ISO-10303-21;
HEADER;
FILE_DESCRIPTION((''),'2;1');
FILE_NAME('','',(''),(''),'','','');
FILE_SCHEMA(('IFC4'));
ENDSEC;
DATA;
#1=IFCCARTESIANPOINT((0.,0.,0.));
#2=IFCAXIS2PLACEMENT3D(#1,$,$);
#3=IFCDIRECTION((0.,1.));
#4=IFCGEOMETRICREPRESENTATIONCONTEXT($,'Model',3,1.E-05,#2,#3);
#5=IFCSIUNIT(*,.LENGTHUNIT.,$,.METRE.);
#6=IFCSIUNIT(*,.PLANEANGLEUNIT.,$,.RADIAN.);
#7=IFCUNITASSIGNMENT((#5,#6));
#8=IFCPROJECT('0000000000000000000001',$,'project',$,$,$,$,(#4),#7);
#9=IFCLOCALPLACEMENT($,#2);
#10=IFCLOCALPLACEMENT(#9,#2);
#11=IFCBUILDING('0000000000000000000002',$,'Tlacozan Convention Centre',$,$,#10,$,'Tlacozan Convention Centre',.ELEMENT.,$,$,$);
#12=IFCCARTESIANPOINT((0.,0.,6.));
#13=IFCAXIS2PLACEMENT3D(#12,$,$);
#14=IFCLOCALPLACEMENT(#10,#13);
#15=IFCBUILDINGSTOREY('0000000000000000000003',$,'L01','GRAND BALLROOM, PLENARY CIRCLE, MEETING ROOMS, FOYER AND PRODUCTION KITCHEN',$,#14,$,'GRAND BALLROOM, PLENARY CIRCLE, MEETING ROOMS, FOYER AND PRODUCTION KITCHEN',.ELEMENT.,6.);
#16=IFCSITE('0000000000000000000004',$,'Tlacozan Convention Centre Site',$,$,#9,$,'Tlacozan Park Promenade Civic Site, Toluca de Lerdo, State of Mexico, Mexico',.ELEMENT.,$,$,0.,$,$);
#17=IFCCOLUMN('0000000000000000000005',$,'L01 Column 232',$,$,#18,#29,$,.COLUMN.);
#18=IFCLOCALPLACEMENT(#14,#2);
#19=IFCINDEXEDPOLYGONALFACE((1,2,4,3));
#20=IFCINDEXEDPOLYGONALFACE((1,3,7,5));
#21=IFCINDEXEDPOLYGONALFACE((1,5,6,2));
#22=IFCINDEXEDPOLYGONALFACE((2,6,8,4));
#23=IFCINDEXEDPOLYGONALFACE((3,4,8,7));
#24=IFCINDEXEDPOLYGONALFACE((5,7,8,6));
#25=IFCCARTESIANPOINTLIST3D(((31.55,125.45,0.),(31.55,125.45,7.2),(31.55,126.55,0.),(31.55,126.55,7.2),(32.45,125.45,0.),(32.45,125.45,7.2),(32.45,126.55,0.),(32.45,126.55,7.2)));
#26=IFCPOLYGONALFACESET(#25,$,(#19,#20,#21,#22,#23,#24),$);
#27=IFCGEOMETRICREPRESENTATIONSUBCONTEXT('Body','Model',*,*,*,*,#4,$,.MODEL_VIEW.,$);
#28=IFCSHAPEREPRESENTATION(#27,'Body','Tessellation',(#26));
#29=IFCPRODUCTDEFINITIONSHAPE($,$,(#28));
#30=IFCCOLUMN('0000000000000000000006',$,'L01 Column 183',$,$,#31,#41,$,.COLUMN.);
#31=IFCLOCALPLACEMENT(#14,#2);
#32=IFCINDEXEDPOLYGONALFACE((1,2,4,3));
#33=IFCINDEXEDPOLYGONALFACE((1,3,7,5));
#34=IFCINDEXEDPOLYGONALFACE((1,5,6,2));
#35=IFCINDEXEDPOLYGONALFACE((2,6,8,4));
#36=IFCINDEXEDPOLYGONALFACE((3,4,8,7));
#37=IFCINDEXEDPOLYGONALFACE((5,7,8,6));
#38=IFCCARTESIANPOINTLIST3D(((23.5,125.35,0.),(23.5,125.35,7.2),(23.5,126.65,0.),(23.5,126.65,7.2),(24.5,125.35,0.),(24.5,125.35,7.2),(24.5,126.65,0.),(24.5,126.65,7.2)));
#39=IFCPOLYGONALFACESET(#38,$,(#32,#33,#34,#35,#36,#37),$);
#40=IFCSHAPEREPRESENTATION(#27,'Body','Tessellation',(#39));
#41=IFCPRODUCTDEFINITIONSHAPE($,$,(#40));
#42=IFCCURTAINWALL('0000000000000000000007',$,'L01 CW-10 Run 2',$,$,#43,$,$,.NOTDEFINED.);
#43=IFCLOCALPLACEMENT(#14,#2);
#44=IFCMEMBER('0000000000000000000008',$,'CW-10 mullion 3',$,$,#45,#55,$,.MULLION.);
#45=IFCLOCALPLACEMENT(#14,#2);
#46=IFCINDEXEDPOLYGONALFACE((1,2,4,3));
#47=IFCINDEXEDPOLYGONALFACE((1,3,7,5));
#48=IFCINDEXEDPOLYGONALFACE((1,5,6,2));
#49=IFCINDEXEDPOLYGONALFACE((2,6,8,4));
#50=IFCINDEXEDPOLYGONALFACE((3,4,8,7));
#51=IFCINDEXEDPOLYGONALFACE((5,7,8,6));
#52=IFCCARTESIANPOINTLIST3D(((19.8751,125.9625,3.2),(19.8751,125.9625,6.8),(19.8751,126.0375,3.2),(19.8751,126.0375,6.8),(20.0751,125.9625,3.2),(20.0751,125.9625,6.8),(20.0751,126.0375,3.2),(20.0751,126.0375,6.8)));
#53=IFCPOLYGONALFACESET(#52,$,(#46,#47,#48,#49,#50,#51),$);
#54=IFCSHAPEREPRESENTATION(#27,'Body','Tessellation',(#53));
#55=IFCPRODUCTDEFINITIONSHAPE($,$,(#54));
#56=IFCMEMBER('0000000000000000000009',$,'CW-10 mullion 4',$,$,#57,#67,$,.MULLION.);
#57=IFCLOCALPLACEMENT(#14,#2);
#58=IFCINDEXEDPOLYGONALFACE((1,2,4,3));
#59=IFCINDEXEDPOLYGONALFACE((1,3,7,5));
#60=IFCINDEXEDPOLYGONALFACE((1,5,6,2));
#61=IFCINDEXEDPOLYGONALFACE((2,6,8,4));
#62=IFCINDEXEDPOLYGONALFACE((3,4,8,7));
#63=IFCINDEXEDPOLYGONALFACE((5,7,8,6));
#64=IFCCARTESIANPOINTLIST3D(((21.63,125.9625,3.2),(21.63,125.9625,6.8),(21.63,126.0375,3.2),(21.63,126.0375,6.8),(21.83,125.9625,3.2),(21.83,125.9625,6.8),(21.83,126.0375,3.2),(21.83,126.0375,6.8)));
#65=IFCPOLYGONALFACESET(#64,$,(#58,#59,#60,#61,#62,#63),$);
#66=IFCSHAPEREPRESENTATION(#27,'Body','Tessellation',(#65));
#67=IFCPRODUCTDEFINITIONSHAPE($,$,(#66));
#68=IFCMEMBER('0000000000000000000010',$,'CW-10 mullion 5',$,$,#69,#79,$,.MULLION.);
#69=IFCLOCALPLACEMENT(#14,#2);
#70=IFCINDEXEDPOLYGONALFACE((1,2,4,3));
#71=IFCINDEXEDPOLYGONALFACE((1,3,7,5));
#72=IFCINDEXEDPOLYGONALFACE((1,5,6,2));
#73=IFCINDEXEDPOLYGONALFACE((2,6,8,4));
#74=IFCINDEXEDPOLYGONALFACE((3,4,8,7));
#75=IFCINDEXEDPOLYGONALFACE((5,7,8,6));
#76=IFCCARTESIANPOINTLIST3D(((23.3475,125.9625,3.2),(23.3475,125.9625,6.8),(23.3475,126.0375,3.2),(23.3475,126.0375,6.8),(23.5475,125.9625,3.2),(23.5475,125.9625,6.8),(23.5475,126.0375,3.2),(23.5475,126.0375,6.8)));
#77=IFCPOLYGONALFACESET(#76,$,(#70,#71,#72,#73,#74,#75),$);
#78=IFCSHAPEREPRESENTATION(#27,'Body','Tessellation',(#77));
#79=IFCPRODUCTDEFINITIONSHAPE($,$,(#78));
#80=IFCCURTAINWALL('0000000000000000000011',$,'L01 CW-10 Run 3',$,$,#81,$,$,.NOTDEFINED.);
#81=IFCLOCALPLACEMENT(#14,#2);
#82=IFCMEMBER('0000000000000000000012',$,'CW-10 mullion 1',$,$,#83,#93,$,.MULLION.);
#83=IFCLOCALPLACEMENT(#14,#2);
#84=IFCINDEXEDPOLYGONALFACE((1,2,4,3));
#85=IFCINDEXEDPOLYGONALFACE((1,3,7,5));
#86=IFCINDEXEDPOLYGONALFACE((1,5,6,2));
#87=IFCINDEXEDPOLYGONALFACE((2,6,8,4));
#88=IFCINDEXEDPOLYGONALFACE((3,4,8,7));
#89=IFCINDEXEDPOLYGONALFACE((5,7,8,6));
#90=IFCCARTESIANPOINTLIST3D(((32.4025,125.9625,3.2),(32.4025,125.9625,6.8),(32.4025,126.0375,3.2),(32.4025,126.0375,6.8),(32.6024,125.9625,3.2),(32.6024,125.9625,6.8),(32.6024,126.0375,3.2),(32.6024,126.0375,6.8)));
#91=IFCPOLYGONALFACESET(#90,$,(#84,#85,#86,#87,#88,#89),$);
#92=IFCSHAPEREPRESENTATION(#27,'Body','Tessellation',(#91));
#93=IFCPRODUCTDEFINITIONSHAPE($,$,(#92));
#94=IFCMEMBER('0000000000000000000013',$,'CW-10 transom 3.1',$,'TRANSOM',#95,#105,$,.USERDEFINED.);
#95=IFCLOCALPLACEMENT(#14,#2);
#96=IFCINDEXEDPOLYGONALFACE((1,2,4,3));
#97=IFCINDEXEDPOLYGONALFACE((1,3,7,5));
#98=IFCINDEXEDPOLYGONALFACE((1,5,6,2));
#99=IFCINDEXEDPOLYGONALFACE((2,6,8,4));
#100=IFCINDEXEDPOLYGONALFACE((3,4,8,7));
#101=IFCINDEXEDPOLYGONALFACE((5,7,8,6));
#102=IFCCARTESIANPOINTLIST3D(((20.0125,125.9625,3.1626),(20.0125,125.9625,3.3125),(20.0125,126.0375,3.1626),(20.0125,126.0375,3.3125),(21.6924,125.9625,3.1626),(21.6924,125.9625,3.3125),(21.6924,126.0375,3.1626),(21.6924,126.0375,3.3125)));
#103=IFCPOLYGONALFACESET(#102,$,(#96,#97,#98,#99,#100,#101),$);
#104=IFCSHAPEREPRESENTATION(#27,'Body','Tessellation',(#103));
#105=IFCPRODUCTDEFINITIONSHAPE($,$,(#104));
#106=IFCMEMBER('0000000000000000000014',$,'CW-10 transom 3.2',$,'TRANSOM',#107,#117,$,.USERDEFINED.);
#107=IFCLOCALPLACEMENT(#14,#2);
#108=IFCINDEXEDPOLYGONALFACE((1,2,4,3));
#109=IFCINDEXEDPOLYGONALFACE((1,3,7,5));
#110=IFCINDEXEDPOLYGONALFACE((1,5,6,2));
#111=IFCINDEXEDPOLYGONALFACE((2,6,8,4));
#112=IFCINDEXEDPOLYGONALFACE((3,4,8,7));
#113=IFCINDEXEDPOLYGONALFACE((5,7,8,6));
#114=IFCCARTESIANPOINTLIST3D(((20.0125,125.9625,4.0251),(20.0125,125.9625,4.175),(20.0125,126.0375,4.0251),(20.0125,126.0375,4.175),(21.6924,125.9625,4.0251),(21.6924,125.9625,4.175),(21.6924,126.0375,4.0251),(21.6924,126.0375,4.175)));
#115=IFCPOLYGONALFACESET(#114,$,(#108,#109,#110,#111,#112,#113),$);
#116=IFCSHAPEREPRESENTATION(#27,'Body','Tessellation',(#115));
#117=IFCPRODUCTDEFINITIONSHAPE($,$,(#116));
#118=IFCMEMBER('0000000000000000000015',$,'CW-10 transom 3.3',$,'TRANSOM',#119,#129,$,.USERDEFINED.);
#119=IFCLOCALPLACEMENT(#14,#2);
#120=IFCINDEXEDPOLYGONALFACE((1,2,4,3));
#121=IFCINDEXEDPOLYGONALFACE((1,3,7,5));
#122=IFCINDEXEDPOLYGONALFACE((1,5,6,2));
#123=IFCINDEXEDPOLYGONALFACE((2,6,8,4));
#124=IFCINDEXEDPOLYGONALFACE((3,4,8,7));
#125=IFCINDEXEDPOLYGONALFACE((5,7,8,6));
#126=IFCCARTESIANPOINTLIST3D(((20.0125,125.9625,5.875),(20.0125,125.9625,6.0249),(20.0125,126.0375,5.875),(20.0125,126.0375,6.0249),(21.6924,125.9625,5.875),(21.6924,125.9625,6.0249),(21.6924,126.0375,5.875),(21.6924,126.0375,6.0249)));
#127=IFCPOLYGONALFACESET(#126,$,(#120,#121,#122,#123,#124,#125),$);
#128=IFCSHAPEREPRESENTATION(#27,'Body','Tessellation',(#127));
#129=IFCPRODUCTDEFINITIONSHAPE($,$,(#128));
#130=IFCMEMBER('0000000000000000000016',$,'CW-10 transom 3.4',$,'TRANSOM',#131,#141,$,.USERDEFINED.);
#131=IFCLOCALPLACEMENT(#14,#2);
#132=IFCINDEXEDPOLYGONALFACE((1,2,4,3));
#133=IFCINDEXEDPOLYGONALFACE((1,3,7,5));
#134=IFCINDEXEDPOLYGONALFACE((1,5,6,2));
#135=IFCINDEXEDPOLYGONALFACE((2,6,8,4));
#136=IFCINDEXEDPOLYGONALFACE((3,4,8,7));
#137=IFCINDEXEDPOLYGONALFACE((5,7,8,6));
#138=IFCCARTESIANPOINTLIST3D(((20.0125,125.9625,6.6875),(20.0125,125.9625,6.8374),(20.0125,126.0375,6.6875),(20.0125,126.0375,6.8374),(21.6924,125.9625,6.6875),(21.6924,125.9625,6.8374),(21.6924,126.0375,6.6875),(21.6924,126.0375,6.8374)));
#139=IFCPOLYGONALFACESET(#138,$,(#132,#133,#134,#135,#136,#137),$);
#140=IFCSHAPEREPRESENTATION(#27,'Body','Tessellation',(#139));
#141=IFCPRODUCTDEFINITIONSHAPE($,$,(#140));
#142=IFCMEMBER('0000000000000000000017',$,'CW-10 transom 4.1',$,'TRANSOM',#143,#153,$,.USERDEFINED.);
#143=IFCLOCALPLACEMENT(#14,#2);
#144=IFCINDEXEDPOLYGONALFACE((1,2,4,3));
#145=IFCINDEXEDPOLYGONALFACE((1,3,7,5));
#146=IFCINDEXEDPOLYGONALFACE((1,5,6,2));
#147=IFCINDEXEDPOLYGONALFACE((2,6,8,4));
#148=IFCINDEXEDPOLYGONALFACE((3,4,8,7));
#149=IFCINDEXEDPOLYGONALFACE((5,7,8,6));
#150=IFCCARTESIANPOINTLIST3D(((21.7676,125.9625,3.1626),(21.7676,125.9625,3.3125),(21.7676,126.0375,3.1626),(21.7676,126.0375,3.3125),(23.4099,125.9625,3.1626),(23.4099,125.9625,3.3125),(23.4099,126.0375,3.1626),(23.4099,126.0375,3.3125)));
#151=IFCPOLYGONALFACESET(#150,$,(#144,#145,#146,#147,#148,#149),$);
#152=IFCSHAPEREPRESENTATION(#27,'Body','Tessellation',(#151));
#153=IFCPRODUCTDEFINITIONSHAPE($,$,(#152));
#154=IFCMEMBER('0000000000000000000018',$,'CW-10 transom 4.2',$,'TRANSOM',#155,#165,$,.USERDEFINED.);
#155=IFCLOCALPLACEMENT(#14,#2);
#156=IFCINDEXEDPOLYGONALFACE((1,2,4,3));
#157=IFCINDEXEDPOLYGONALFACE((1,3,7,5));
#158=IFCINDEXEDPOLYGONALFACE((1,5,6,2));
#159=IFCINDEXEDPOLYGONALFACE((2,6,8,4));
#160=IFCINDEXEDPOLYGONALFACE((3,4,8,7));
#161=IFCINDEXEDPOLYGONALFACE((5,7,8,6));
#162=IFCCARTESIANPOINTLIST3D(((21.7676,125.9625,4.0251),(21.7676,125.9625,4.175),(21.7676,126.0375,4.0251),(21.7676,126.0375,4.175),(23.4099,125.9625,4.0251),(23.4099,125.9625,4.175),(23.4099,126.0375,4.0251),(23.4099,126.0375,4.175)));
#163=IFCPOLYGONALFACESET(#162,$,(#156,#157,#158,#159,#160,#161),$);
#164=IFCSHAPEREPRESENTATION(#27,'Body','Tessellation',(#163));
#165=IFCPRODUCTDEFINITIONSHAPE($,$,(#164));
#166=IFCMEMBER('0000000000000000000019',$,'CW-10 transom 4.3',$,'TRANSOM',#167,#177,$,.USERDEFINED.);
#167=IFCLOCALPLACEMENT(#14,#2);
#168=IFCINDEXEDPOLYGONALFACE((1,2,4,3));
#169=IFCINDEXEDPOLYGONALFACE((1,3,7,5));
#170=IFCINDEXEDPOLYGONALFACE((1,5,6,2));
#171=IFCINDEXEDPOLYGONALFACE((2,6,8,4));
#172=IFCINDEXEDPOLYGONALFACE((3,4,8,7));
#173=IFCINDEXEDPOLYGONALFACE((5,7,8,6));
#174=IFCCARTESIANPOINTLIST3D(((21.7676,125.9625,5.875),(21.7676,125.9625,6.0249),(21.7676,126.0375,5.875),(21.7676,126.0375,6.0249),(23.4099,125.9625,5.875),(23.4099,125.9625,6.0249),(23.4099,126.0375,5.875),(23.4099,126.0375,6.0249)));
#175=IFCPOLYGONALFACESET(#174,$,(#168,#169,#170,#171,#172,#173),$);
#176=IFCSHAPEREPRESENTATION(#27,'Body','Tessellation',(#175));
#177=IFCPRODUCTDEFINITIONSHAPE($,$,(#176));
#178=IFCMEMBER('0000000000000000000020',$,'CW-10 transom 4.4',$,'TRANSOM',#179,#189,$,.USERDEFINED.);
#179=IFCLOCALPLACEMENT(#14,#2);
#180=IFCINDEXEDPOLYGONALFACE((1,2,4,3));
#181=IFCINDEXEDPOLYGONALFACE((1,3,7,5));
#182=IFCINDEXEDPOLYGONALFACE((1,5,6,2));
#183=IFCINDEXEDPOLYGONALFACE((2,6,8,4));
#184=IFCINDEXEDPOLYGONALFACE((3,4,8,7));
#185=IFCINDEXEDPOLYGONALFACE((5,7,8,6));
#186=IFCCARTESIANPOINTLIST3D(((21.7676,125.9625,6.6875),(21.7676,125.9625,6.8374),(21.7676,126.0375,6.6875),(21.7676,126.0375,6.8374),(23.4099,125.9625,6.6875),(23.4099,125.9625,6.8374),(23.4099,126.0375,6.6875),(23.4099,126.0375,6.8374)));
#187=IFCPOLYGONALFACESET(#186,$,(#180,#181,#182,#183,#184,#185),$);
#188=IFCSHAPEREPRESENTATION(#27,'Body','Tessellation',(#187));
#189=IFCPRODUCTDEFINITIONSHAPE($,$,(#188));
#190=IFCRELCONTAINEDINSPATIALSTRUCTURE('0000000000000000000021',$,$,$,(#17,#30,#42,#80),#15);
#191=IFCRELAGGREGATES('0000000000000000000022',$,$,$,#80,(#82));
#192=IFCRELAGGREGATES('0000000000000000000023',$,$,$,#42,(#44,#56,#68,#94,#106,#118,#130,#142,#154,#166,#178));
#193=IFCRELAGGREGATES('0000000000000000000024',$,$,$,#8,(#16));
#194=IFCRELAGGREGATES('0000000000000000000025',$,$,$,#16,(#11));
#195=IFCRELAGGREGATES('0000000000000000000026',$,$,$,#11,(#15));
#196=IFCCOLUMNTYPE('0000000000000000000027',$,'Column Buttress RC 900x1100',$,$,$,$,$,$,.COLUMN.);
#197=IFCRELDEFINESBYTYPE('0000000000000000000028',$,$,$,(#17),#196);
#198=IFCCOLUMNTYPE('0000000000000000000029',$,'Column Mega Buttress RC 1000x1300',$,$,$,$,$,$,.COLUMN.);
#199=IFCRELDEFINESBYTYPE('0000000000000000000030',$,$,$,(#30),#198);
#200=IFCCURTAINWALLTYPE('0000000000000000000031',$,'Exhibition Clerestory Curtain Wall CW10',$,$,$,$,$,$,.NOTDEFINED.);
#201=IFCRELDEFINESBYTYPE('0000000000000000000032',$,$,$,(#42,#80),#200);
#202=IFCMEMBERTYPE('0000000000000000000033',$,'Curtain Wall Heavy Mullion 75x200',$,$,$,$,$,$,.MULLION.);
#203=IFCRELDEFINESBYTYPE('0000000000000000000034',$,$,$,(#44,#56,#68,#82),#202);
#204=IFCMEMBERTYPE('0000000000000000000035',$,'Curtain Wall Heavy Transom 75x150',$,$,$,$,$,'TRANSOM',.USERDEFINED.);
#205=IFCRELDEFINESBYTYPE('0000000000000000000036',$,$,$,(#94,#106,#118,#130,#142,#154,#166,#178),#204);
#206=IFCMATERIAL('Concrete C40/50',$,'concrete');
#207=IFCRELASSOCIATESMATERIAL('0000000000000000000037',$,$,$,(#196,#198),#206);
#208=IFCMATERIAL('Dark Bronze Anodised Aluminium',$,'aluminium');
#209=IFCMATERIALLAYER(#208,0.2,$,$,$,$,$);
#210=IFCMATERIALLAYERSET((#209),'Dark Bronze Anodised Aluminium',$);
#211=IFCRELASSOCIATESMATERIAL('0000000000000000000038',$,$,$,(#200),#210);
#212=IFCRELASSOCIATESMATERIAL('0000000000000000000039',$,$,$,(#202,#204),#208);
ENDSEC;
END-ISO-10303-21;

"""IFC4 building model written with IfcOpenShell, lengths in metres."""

from ifc_helpers import new_model, si_unit, direction, frame, origin, origin_2d, place, context, subcontext, project, spatial, rectangle, extrude, material, layer, layer_set, material_profile, profile_set, type_object, element, aggregate, save


model = new_model("IFC4")

# Units and contexts
model_context = context("Model", 3, precision=1e-05, world=origin(), true_north=direction((0.0, 1.0)))
body_context = subcontext(model_context, "Body", "Model", "MODEL_VIEW")
ifc_project = project(units=[si_unit("LENGTHUNIT", "METRE"), si_unit("PLANEANGLEUNIT", "RADIAN")], contexts=[model_context])

# Site, building, storey
site_placement = place(None, origin())
site = spatial("IfcSite", under=ifc_project, at=site_placement, Name="Tlacozan Convention Centre Site", LongName="Tlacozan Park Promenade Civic Site, Toluca de Lerdo, State of Mexico, Mexico", CompositionType="ELEMENT", RefElevation=0.0)
building_placement = place(site_placement, origin())
building = spatial("IfcBuilding", under=site, at=building_placement, Name="Tlacozan Convention Centre", LongName="Tlacozan Convention Centre", CompositionType="ELEMENT")
storey_placement = place(building_placement, frame((0.0, 0.0, 6.0)))
storey = spatial("IfcBuildingStorey", under=building, at=storey_placement, Name="L01", Description="GRAND BALLROOM, PLENARY CIRCLE, MEETING ROOMS, FOYER AND PRODUCTION KITCHEN", LongName="GRAND BALLROOM, PLENARY CIRCLE, MEETING ROOMS, FOYER AND PRODUCTION KITCHEN", CompositionType="ELEMENT", Elevation=6.0)

# Columns
ifc_material_1 = material(Name="Concrete C40/50", Category="concrete")
ifc_material_profile_1 = material_profile(ifc_material_1, rectangle(XDim=0.8999, YDim=1.1001, at=origin_2d()), Name="RC 900x1100")
ifc_profile_set_1 = profile_set([ifc_material_profile_1], Name="Concrete C40/50")
column_type_1 = type_object("IfcColumnType", Name="Column Buttress RC 900x1100", PredefinedType="COLUMN", material=ifc_profile_set_1)
column_1_placement = place(storey_placement, frame((32.0, 126.0, 0.0), z_axis=(0.0, 0.0, 1.0), x_axis=(1.0, 0.0, 0.0)))
element("IfcColumn", 1, at=column_1_placement, inside=storey, type_object=column_type_1, Name="L01 Column 232", PredefinedType="COLUMN", context=body_context, shape_type="SweptSolid", body=[
    extrude(rectangle(XDim=0.8999, YDim=1.1001, at=origin_2d()), origin(), (0.0, 0.0, 1.0), 7.2),
])
ifc_material_profile_2 = material_profile(ifc_material_1, rectangle(XDim=1.0, YDim=1.3, at=origin_2d()), Name="RC 1000x1300")
ifc_profile_set_2 = profile_set([ifc_material_profile_2], Name="Concrete C40/50")
column_type_2 = type_object("IfcColumnType", Name="Column Mega Buttress RC 1000x1300", PredefinedType="COLUMN", material=ifc_profile_set_2)
column_2_placement = place(storey_placement, frame((24.0, 126.0, 0.0), z_axis=(0.0, 0.0, 1.0), x_axis=(1.0, 0.0, 0.0)))
element("IfcColumn", 2, at=column_2_placement, inside=storey, type_object=column_type_2, Name="L01 Column 183", PredefinedType="COLUMN", context=body_context, shape_type="SweptSolid", body=[
    extrude(rectangle(XDim=1.0, YDim=1.3, at=origin_2d()), origin(), (0.0, 0.0, 1.0), 7.2),
])

# Curtain wall, members
ifc_material_2 = material(Name="Dark Bronze Anodised Aluminium", Category="aluminium")
ifc_layer_1 = layer(ifc_material_2, 0.2)
ifc_layer_set_1 = layer_set([ifc_layer_1], Name="Dark Bronze Anodised Aluminium")
curtain_wall_type = type_object("IfcCurtainWallType", Name="Exhibition Clerestory Curtain Wall CW10", PredefinedType="NOTDEFINED", material=ifc_layer_set_1)
curtain_wall_1_placement = place(storey_placement, origin())
curtain_wall_1 = element("IfcCurtainWall", 3, at=curtain_wall_1_placement, inside=storey, type_object=curtain_wall_type, Name="L01 CW-10 Run 2", PredefinedType="NOTDEFINED")
ifc_material_profile_3 = material_profile(ifc_material_2, rectangle(XDim=0.075, YDim=0.2, at=origin_2d()), Name="ALU 75x200")
ifc_profile_set_3 = profile_set([ifc_material_profile_3], Name="Dark Bronze Anodised Aluminium")
member_type_1 = type_object("IfcMemberType", Name="Curtain Wall Heavy Mullion 75x200", PredefinedType="MULLION", material=ifc_profile_set_3)
member_1_placement = place(storey_placement, frame((19.9751, 126.0, 3.2), z_axis=(0.0, 0.0, 1.0), x_axis=(0.0, 1.0, 0.0)))
member_1 = element("IfcMember", 4, at=member_1_placement, type_object=member_type_1, Name="CW-10 mullion 3", PredefinedType="MULLION", context=body_context, shape_type="SweptSolid", body=[
    extrude(rectangle(XDim=0.075, YDim=0.2, at=origin_2d()), origin(), (0.0, 0.0, 1.0), 3.6001),
])
member_2_placement = place(storey_placement, frame((21.73, 126.0, 3.2), z_axis=(0.0, 0.0, 1.0), x_axis=(0.0, 1.0, 0.0)))
member_2 = element("IfcMember", 5, at=member_2_placement, type_object=member_type_1, Name="CW-10 mullion 4", PredefinedType="MULLION", context=body_context, shape_type="SweptSolid", body=[
    extrude(rectangle(XDim=0.075, YDim=0.2, at=origin_2d()), origin(), (0.0, 0.0, 1.0), 3.6001),
])
member_3_placement = place(storey_placement, frame((23.4475, 126.0, 3.2), z_axis=(0.0, 0.0, 1.0), x_axis=(0.0, 1.0, 0.0)))
member_3 = element("IfcMember", 6, at=member_3_placement, type_object=member_type_1, Name="CW-10 mullion 5", PredefinedType="MULLION", context=body_context, shape_type="SweptSolid", body=[
    extrude(rectangle(XDim=0.075, YDim=0.2, at=origin_2d()), origin(), (0.0, 0.0, 1.0), 3.6001),
])

# Curtain wall, member
curtain_wall_2_placement = place(storey_placement, origin())
curtain_wall_2 = element("IfcCurtainWall", 7, at=curtain_wall_2_placement, inside=storey, type_object=curtain_wall_type, Name="L01 CW-10 Run 3", PredefinedType="NOTDEFINED")
member_4_placement = place(storey_placement, frame((32.5024, 126.0, 3.2), z_axis=(0.0, 0.0, 1.0), x_axis=(0.0, 1.0, 0.0)))
member_4 = element("IfcMember", 8, at=member_4_placement, type_object=member_type_1, Name="CW-10 mullion 1", PredefinedType="MULLION", context=body_context, shape_type="SweptSolid", body=[
    extrude(rectangle(XDim=0.075, YDim=0.2, at=origin_2d()), origin(), (0.0, 0.0, 1.0), 3.6001),
])

# Members
ifc_material_profile_4 = material_profile(ifc_material_2, rectangle(XDim=0.075, YDim=0.1499, at=origin_2d()), Name="ALU 75x150")
ifc_profile_set_4 = profile_set([ifc_material_profile_4], Name="Dark Bronze Anodised Aluminium")
member_type_2 = type_object("IfcMemberType", Name="Curtain Wall Heavy Transom 75x150", ElementType="TRANSOM", PredefinedType="USERDEFINED", material=ifc_profile_set_4)
member_5_placement = place(storey_placement, frame((20.0125, 126.0, 3.2375), z_axis=(1.0, 0.0, 0.0), x_axis=(0.0, 1.0, 0.0)))
member_5 = element("IfcMember", 9, at=member_5_placement, type_object=member_type_2, Name="CW-10 transom 3.1", ObjectType="TRANSOM", PredefinedType="USERDEFINED", context=body_context, shape_type="SweptSolid", body=[
    extrude(rectangle(XDim=0.075, YDim=0.1499, at=origin_2d()), origin(), (0.0, 0.0, 1.0), 1.6799),
])
member_6_placement = place(storey_placement, frame((20.0125, 126.0, 4.1001), z_axis=(1.0, 0.0, 0.0), x_axis=(0.0, 1.0, 0.0)))
member_6 = element("IfcMember", 10, at=member_6_placement, type_object=member_type_2, Name="CW-10 transom 3.2", ObjectType="TRANSOM", PredefinedType="USERDEFINED", context=body_context, shape_type="SweptSolid", body=[
    extrude(rectangle(XDim=0.075, YDim=0.1499, at=origin_2d()), origin(), (0.0, 0.0, 1.0), 1.6799),
])
member_7_placement = place(storey_placement, frame((20.0125, 126.0, 5.95), z_axis=(1.0, 0.0, 0.0), x_axis=(0.0, 1.0, 0.0)))
member_7 = element("IfcMember", 11, at=member_7_placement, type_object=member_type_2, Name="CW-10 transom 3.3", ObjectType="TRANSOM", PredefinedType="USERDEFINED", context=body_context, shape_type="SweptSolid", body=[
    extrude(rectangle(XDim=0.075, YDim=0.1499, at=origin_2d()), origin(), (0.0, 0.0, 1.0), 1.6799),
])
member_8_placement = place(storey_placement, frame((20.0125, 126.0, 6.7625), z_axis=(1.0, 0.0, 0.0), x_axis=(0.0, 1.0, 0.0)))
member_8 = element("IfcMember", 12, at=member_8_placement, type_object=member_type_2, Name="CW-10 transom 3.4", ObjectType="TRANSOM", PredefinedType="USERDEFINED", context=body_context, shape_type="SweptSolid", body=[
    extrude(rectangle(XDim=0.075, YDim=0.1499, at=origin_2d()), origin(), (0.0, 0.0, 1.0), 1.6799),
])
member_9_placement = place(storey_placement, frame((21.7676, 126.0, 3.2375), z_axis=(1.0, 0.0, 0.0), x_axis=(0.0, 1.0, 0.0)))
member_9 = element("IfcMember", 13, at=member_9_placement, type_object=member_type_2, Name="CW-10 transom 4.1", ObjectType="TRANSOM", PredefinedType="USERDEFINED", context=body_context, shape_type="SweptSolid", body=[
    extrude(rectangle(XDim=0.075, YDim=0.1499, at=origin_2d()), origin(), (0.0, 0.0, 1.0), 1.6423),
])
member_10_placement = place(storey_placement, frame((21.7676, 126.0, 4.1001), z_axis=(1.0, 0.0, 0.0), x_axis=(0.0, 1.0, 0.0)))
member_10 = element("IfcMember", 14, at=member_10_placement, type_object=member_type_2, Name="CW-10 transom 4.2", ObjectType="TRANSOM", PredefinedType="USERDEFINED", context=body_context, shape_type="SweptSolid", body=[
    extrude(rectangle(XDim=0.075, YDim=0.1499, at=origin_2d()), origin(), (0.0, 0.0, 1.0), 1.6423),
])
member_11_placement = place(storey_placement, frame((21.7676, 126.0, 5.95), z_axis=(1.0, 0.0, 0.0), x_axis=(0.0, 1.0, 0.0)))
member_11 = element("IfcMember", 15, at=member_11_placement, type_object=member_type_2, Name="CW-10 transom 4.3", ObjectType="TRANSOM", PredefinedType="USERDEFINED", context=body_context, shape_type="SweptSolid", body=[
    extrude(rectangle(XDim=0.075, YDim=0.1499, at=origin_2d()), origin(), (0.0, 0.0, 1.0), 1.6423),
])
member_12_placement = place(storey_placement, frame((21.7676, 126.0, 6.7625), z_axis=(1.0, 0.0, 0.0), x_axis=(0.0, 1.0, 0.0)))
member_12 = element("IfcMember", 16, at=member_12_placement, type_object=member_type_2, Name="CW-10 transom 4.4", ObjectType="TRANSOM", PredefinedType="USERDEFINED", context=body_context, shape_type="SweptSolid", body=[
    extrude(rectangle(XDim=0.075, YDim=0.1499, at=origin_2d()), origin(), (0.0, 0.0, 1.0), 1.6423),
])
aggregate(curtain_wall_2, [member_4])

aggregate(curtain_wall_1, [member_1, member_2, member_3, member_5, member_6, member_7, member_8, member_9, member_10, member_11, member_12])

save(model, "model.ifc")
